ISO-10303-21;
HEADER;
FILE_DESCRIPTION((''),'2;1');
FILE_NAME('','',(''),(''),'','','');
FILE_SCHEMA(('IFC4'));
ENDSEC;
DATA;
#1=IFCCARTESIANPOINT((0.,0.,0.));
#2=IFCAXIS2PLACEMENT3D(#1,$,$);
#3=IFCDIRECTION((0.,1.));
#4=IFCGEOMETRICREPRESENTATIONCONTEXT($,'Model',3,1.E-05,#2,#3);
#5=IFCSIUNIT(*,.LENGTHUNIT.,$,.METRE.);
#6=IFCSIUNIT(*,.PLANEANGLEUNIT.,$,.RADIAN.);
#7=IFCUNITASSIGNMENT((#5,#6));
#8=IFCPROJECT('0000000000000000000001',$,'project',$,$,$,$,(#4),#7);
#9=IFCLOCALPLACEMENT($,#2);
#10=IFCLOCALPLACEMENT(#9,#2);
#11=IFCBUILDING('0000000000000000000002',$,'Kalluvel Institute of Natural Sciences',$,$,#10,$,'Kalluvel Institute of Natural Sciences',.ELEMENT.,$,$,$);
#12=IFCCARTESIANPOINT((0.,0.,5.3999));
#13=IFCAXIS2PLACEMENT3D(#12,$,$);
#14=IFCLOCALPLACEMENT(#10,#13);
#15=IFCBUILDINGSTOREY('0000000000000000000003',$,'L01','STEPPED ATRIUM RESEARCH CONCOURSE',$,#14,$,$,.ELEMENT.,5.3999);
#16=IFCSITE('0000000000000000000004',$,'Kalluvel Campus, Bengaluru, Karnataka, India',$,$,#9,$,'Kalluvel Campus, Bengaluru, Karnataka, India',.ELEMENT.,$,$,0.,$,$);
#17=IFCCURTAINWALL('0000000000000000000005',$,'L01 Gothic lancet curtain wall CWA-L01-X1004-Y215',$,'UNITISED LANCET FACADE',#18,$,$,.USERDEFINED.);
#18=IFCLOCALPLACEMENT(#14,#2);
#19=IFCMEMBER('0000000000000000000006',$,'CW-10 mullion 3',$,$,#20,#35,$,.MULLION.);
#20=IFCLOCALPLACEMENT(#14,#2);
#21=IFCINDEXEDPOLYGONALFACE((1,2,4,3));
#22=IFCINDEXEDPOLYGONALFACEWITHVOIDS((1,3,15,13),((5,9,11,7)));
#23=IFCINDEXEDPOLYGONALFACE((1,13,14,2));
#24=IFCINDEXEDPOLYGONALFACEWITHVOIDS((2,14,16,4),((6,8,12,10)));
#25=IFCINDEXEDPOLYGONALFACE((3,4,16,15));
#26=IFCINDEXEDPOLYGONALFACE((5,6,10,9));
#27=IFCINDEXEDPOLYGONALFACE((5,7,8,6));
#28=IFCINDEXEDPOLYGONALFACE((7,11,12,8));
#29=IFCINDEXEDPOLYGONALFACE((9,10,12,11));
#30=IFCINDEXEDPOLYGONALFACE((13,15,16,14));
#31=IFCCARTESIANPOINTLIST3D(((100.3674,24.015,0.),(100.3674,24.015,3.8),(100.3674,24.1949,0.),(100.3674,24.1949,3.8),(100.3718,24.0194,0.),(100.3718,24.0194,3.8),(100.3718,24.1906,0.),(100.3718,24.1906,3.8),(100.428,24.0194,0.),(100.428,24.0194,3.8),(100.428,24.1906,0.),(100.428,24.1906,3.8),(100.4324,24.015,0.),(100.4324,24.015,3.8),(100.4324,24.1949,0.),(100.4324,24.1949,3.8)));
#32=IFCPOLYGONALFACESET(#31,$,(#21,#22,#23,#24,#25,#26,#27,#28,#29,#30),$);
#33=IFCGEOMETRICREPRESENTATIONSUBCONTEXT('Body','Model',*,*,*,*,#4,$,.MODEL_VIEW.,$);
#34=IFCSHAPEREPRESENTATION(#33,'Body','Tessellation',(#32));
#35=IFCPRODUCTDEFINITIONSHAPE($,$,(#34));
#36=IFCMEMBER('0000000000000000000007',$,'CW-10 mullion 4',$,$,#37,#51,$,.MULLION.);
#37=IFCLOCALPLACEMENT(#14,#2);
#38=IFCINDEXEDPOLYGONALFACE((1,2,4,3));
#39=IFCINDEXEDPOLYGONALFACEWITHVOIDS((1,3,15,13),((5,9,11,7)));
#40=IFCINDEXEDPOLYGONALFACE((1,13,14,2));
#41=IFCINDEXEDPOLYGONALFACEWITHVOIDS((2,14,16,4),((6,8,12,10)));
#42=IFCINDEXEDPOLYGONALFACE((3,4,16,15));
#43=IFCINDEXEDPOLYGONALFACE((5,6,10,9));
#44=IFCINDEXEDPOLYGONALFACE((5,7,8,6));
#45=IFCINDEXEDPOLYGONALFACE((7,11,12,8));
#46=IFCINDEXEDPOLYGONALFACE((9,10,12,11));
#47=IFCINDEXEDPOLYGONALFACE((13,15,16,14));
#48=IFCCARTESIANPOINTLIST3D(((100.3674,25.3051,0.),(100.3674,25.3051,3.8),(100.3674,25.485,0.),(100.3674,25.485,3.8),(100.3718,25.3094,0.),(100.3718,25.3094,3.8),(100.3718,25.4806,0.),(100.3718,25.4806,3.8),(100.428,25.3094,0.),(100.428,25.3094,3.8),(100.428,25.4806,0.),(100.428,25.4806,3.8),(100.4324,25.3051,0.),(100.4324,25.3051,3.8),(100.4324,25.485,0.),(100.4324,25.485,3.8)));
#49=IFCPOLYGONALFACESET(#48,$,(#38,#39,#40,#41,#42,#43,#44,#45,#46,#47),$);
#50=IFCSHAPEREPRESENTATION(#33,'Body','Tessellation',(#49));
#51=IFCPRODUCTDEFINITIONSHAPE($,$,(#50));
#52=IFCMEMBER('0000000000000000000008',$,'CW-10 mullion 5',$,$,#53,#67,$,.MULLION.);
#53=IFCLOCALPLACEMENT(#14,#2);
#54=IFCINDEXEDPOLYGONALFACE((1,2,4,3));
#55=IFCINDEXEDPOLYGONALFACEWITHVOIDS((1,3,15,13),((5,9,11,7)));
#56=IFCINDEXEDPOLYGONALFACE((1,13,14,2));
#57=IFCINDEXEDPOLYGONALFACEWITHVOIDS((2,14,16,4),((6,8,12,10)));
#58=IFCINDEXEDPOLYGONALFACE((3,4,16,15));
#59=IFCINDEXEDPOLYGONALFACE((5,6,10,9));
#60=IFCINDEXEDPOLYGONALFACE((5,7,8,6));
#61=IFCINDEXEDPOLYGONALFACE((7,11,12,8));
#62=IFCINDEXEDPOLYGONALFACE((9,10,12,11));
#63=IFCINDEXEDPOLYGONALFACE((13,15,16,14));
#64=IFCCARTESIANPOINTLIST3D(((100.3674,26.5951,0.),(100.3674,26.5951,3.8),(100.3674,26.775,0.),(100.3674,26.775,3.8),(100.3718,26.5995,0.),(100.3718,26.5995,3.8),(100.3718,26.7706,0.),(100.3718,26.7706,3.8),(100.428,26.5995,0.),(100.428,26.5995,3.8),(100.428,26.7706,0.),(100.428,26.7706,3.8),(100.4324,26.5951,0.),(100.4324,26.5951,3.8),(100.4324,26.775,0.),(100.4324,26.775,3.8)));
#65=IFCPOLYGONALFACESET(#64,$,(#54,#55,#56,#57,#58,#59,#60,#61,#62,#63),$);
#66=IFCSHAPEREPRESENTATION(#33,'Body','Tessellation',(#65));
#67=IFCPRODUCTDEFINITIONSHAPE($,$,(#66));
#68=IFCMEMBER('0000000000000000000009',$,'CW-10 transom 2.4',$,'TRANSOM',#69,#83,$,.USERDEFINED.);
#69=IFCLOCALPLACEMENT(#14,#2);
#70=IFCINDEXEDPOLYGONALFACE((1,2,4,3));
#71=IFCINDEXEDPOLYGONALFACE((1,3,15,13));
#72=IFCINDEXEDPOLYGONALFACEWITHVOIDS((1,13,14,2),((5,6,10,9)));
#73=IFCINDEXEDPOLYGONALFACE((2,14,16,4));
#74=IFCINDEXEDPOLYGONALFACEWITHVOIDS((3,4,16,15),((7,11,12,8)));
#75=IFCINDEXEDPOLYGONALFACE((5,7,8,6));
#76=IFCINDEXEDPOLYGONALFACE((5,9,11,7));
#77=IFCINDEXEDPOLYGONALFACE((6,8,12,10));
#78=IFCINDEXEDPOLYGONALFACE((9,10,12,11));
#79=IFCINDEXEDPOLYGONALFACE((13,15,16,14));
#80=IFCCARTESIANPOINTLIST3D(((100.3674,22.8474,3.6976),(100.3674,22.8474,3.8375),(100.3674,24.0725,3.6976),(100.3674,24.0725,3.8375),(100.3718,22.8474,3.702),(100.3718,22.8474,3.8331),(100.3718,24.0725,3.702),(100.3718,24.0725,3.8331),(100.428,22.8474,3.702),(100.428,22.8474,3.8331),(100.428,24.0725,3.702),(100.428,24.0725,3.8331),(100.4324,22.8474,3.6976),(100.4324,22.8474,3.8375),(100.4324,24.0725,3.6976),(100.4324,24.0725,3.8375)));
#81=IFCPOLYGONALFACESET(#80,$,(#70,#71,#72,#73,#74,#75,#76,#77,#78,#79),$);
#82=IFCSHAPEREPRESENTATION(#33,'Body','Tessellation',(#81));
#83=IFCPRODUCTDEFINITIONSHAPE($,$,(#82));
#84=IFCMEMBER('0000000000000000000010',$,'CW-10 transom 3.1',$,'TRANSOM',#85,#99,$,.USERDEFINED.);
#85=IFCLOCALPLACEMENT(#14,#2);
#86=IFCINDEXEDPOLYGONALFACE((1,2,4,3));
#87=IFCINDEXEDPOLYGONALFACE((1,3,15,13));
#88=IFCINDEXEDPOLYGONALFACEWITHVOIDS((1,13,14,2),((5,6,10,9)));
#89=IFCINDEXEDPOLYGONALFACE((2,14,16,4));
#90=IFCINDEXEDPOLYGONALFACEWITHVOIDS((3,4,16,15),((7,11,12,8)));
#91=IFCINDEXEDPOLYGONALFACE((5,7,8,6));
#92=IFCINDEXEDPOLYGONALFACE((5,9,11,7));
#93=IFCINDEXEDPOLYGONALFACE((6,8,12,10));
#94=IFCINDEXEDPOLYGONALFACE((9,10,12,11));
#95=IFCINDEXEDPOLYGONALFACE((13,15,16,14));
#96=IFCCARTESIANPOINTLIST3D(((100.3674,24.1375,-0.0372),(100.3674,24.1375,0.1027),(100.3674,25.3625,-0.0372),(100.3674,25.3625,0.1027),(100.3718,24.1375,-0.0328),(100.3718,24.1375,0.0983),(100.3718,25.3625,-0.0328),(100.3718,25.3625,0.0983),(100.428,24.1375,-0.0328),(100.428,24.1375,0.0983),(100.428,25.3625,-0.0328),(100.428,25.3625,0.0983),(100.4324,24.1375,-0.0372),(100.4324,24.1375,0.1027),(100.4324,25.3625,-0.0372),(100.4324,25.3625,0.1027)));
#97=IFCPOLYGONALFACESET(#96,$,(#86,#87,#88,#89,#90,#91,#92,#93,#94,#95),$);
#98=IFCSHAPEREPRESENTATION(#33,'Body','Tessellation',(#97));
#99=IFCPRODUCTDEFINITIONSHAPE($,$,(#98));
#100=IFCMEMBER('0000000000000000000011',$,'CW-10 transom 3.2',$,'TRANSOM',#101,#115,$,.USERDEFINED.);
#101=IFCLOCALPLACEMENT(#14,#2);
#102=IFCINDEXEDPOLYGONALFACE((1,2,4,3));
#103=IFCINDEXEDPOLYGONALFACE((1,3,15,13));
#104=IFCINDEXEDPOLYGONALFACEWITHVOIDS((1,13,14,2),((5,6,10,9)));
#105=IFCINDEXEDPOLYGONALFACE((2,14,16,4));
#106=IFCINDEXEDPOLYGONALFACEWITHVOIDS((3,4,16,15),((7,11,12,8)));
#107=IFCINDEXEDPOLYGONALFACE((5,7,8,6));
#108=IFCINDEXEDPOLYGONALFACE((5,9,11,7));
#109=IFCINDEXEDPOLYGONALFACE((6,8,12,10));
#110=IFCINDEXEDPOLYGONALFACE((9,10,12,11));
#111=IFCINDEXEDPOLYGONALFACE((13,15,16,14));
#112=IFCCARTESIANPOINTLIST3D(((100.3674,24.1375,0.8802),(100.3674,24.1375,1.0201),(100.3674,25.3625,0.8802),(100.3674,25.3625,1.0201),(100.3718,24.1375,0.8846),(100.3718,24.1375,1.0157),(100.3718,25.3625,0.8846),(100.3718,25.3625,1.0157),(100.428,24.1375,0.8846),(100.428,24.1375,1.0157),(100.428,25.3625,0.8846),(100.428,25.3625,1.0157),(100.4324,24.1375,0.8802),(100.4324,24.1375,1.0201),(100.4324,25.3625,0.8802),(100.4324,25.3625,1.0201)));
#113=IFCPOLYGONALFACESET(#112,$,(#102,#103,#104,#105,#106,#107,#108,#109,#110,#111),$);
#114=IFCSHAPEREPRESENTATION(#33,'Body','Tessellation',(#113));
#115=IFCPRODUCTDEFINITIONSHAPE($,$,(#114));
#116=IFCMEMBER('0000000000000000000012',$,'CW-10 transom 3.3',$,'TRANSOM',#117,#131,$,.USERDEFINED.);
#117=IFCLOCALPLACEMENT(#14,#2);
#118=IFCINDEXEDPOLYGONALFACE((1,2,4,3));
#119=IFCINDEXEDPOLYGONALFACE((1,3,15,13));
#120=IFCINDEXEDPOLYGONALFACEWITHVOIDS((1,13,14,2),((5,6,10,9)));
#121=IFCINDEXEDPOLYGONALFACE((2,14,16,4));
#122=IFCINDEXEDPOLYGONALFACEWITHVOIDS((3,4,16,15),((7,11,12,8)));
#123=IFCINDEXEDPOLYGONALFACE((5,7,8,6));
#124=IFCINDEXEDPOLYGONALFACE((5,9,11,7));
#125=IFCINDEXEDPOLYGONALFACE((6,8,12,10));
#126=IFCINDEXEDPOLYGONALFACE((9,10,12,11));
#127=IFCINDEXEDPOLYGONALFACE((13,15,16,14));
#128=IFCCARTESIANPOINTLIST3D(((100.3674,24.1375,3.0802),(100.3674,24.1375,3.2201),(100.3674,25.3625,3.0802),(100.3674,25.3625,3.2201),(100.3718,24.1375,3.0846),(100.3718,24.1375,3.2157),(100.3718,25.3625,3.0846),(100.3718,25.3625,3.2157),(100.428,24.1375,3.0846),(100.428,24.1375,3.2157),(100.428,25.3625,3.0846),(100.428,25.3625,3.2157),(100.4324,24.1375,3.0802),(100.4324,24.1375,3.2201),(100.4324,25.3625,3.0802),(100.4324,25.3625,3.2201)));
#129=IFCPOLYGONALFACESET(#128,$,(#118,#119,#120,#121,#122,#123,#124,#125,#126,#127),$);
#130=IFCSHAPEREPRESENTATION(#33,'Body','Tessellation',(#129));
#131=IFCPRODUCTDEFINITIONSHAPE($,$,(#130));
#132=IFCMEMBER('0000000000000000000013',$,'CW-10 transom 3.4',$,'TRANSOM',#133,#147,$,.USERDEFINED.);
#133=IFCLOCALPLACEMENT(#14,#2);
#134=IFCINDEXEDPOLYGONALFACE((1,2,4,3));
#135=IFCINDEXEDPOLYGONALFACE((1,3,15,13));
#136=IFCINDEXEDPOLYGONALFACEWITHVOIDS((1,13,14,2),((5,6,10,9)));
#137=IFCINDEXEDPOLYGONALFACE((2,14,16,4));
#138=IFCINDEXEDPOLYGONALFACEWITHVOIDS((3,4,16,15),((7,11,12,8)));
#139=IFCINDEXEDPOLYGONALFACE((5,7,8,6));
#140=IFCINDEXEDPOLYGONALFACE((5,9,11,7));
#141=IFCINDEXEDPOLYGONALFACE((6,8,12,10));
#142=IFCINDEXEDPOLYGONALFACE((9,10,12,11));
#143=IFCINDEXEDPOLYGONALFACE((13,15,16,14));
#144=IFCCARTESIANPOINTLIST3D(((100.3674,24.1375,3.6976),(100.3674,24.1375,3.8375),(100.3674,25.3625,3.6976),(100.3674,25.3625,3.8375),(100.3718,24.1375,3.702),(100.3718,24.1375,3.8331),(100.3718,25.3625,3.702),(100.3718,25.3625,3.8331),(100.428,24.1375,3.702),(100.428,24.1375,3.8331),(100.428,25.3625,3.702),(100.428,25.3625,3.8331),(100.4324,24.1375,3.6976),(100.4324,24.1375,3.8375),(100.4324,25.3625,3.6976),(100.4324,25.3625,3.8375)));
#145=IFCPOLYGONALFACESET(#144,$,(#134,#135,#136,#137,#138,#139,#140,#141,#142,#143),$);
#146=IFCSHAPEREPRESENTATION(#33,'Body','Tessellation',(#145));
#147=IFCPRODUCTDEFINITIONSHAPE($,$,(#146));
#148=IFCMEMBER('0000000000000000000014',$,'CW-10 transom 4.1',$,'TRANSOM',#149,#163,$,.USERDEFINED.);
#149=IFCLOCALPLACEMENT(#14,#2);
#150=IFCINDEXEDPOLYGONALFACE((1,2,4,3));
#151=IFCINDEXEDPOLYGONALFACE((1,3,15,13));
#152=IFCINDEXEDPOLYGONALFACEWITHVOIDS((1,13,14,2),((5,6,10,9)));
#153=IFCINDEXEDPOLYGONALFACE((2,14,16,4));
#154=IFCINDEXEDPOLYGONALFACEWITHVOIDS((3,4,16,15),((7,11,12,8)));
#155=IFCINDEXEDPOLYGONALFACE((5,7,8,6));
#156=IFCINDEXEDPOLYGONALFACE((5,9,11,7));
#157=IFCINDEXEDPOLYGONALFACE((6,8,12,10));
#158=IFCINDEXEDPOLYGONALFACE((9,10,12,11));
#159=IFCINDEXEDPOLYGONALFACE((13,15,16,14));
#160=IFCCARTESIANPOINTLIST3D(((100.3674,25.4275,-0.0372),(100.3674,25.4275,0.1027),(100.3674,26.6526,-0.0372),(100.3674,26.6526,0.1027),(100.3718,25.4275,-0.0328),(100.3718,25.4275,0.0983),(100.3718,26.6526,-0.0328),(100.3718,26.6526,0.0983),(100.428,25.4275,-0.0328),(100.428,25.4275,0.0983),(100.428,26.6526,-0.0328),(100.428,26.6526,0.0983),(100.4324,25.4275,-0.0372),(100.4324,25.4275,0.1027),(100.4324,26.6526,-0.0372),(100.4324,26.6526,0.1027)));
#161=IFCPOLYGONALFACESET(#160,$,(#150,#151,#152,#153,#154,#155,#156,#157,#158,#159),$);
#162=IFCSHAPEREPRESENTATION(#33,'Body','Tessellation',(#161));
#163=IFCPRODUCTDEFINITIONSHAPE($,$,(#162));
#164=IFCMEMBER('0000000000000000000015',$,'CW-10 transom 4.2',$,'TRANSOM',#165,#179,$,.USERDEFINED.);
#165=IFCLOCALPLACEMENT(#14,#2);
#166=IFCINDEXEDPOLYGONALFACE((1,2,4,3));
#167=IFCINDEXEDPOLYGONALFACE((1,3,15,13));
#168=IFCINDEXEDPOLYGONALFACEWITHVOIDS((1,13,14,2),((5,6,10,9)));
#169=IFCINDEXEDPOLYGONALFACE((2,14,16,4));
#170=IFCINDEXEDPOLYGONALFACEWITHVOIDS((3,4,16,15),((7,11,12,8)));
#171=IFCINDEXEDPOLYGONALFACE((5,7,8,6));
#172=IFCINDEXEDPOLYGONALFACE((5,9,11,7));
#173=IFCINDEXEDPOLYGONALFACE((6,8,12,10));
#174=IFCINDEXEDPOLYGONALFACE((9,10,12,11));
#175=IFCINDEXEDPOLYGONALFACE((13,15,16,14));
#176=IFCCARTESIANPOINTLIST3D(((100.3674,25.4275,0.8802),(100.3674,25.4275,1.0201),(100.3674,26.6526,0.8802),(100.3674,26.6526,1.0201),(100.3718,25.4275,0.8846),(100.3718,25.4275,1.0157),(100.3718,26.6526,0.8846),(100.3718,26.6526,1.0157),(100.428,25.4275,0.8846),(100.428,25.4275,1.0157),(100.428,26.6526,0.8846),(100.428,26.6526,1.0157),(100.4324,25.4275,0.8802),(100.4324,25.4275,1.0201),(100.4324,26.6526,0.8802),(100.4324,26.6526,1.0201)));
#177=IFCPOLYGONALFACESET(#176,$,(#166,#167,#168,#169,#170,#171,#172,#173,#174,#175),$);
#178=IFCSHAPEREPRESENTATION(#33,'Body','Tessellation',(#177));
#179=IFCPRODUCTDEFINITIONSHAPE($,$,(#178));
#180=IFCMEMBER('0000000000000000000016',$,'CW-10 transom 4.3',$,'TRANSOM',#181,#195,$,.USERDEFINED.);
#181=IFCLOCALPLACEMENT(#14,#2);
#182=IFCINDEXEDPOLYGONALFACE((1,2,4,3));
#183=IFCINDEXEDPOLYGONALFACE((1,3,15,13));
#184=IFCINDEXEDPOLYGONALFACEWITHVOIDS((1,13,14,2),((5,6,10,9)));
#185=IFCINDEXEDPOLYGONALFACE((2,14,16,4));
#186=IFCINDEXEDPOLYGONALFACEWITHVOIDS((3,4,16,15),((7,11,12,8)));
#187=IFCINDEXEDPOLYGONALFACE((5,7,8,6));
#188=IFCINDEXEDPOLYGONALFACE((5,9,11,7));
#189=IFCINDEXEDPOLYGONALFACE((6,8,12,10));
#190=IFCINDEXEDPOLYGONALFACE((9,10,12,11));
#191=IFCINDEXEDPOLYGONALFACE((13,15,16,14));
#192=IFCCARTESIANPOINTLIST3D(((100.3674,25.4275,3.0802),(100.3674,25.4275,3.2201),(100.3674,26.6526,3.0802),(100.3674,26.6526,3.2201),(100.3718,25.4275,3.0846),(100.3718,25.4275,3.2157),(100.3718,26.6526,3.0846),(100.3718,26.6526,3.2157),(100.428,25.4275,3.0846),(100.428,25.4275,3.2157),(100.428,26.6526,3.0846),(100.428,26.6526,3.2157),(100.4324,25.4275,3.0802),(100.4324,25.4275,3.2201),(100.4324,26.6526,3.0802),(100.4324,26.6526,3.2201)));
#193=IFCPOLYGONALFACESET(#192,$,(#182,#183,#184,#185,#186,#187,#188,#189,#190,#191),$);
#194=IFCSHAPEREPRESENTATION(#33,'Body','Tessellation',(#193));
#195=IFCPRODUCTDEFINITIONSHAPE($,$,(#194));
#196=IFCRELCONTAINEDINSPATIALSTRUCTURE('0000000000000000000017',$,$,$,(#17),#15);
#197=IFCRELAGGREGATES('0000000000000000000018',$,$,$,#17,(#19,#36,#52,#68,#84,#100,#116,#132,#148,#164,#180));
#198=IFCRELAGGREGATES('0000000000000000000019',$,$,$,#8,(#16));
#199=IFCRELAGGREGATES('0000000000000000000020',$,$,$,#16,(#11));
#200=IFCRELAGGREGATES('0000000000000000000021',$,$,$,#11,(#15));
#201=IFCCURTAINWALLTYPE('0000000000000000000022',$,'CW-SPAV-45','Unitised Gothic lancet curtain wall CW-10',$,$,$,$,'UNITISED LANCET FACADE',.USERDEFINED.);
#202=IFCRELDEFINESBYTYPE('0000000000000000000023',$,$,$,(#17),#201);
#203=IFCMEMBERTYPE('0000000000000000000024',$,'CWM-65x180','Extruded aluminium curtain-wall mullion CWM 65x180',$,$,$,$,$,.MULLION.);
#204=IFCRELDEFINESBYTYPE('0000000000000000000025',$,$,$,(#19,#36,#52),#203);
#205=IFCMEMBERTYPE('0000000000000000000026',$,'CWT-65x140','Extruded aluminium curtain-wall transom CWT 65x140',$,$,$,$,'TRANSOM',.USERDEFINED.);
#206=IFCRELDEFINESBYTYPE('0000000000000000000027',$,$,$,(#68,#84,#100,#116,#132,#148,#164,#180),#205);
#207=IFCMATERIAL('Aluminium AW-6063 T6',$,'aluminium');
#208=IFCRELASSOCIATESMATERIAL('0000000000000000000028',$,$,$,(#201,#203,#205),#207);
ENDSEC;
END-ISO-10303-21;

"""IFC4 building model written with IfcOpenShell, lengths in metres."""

from ifc_helpers import new_model, si_unit, direction, frame, origin, origin_2d, place, context, subcontext, project, spatial, hollow_rectangle, extrude, material, material_profile, profile_set, type_object, element, aggregate, save


model = new_model("IFC4")

# Units and contexts
model_context = context("Model", 3, precision=1e-05, world=origin(), true_north=direction((0.0, 1.0)))
body_context = subcontext(model_context, "Body", "Model", "MODEL_VIEW")
ifc_project = project(units=[si_unit("LENGTHUNIT", "METRE"), si_unit("PLANEANGLEUNIT", "RADIAN")], contexts=[model_context])

# Site, building, storey
site_placement = place(None, origin())
site = spatial("IfcSite", under=ifc_project, at=site_placement, Name="Kalluvel Campus, Bengaluru, Karnataka, India", LongName="Kalluvel Campus, Bengaluru, Karnataka, India", CompositionType="ELEMENT", RefElevation=0.0)
building_placement = place(site_placement, origin())
building = spatial("IfcBuilding", under=site, at=building_placement, Name="Kalluvel Institute of Natural Sciences", LongName="Kalluvel Institute of Natural Sciences", CompositionType="ELEMENT")
storey_placement = place(building_placement, frame((0.0, 0.0, 5.3999)))
storey = spatial("IfcBuildingStorey", under=building, at=storey_placement, Name="L01", Description="STEPPED ATRIUM RESEARCH CONCOURSE", CompositionType="ELEMENT", Elevation=5.3999)

# Curtain wall, members
ifc_material_1 = material(Name="Aluminium AW-6063 T6", Category="aluminium")
curtain_wall_type = type_object("IfcCurtainWallType", Name="CW-SPAV-45", Description="Unitised Gothic lancet curtain wall CW-10", ElementType="UNITISED LANCET FACADE", PredefinedType="USERDEFINED", material=ifc_material_1)
curtain_wall_placement = place(storey_placement, origin())
curtain_wall = element("IfcCurtainWall", 1, at=curtain_wall_placement, inside=storey, type_object=curtain_wall_type, Name="L01 Gothic lancet curtain wall CWA-L01-X1004-Y215", ObjectType="UNITISED LANCET FACADE", PredefinedType="USERDEFINED")
ifc_material_profile_1 = material_profile(ifc_material_1, hollow_rectangle(XDim=0.0649, YDim=0.1799, WallThickness=0.0044, at=origin_2d()), Name="CWM 65x180")
ifc_profile_set_1 = profile_set([ifc_material_profile_1], Name="Aluminium AW-6063 T6")
member_type_1 = type_object("IfcMemberType", Name="CWM-65x180", Description="Extruded aluminium curtain-wall mullion CWM 65x180", PredefinedType="MULLION", material=ifc_profile_set_1)
member_1_placement = place(storey_placement, frame((100.3999, 24.105, 0.0), z_axis=(0.0, 0.0, 1.0), x_axis=(-1.0, 0.0, 0.0)))
member_1 = element("IfcMember", 2, at=member_1_placement, type_object=member_type_1, Name="CW-10 mullion 3", PredefinedType="MULLION", context=body_context, shape_type="SweptSolid", body=[
    extrude(hollow_rectangle(XDim=0.0649, YDim=0.1799, WallThickness=0.0044, at=origin_2d()), origin(), (0.0, 0.0, 1.0), 3.8),
])
member_2_placement = place(storey_placement, frame((100.3999, 25.395, 0.0), z_axis=(0.0, 0.0, 1.0), x_axis=(-1.0, 0.0, 0.0)))
member_2 = element("IfcMember", 3, at=member_2_placement, type_object=member_type_1, Name="CW-10 mullion 4", PredefinedType="MULLION", context=body_context, shape_type="SweptSolid", body=[
    extrude(hollow_rectangle(XDim=0.0649, YDim=0.1799, WallThickness=0.0044, at=origin_2d()), origin(), (0.0, 0.0, 1.0), 3.8),
])
member_3_placement = place(storey_placement, frame((100.3999, 26.6851, 0.0), z_axis=(0.0, 0.0, 1.0), x_axis=(-1.0, 0.0, 0.0)))
member_3 = element("IfcMember", 4, at=member_3_placement, type_object=member_type_1, Name="CW-10 mullion 5", PredefinedType="MULLION", context=body_context, shape_type="SweptSolid", body=[
    extrude(hollow_rectangle(XDim=0.0649, YDim=0.1799, WallThickness=0.0044, at=origin_2d()), origin(), (0.0, 0.0, 1.0), 3.8),
])
ifc_material_profile_2 = material_profile(ifc_material_1, hollow_rectangle(XDim=0.0649, YDim=0.1399, WallThickness=0.0044, at=origin_2d()), Name="CWT 65x140")
ifc_profile_set_2 = profile_set([ifc_material_profile_2], Name="Aluminium AW-6063 T6")
member_type_2 = type_object("IfcMemberType", Name="CWT-65x140", Description="Extruded aluminium curtain-wall transom CWT 65x140", ElementType="TRANSOM", PredefinedType="USERDEFINED", material=ifc_profile_set_2)
member_4_placement = place(storey_placement, frame((100.3999, 22.8474, 3.7676), z_axis=(0.0, 1.0, 0.0), x_axis=(-1.0, 0.0, 0.0)))
member_4 = element("IfcMember", 5, at=member_4_placement, type_object=member_type_2, Name="CW-10 transom 2.4", ObjectType="TRANSOM", PredefinedType="USERDEFINED", context=body_context, shape_type="SweptSolid", body=[
    extrude(hollow_rectangle(XDim=0.0649, YDim=0.1399, WallThickness=0.0044, at=origin_2d()), origin(), (0.0, 0.0, 1.0), 1.2251),
])
member_5_placement = place(storey_placement, frame((100.3999, 24.1375, 0.0327), z_axis=(0.0, 1.0, 0.0), x_axis=(-1.0, 0.0, 0.0)))
member_5 = element("IfcMember", 6, at=member_5_placement, type_object=member_type_2, Name="CW-10 transom 3.1", ObjectType="TRANSOM", PredefinedType="USERDEFINED", context=body_context, shape_type="SweptSolid", body=[
    extrude(hollow_rectangle(XDim=0.0649, YDim=0.1399, WallThickness=0.0044, at=origin_2d()), origin(), (0.0, 0.0, 1.0), 1.2251),
])
member_6_placement = place(storey_placement, frame((100.3999, 24.1375, 0.9502), z_axis=(0.0, 1.0, 0.0), x_axis=(-1.0, 0.0, 0.0)))
member_6 = element("IfcMember", 7, at=member_6_placement, type_object=member_type_2, Name="CW-10 transom 3.2", ObjectType="TRANSOM", PredefinedType="USERDEFINED", context=body_context, shape_type="SweptSolid", body=[
    extrude(hollow_rectangle(XDim=0.0649, YDim=0.1399, WallThickness=0.0044, at=origin_2d()), origin(), (0.0, 0.0, 1.0), 1.2251),
])
member_7_placement = place(storey_placement, frame((100.3999, 24.1375, 3.1501), z_axis=(0.0, 1.0, 0.0), x_axis=(-1.0, 0.0, 0.0)))
member_7 = element("IfcMember", 8, at=member_7_placement, type_object=member_type_2, Name="CW-10 transom 3.3", ObjectType="TRANSOM", PredefinedType="USERDEFINED", context=body_context, shape_type="SweptSolid", body=[
    extrude(hollow_rectangle(XDim=0.0649, YDim=0.1399, WallThickness=0.0044, at=origin_2d()), origin(), (0.0, 0.0, 1.0), 1.2251),
])
member_8_placement = place(storey_placement, frame((100.3999, 24.1375, 3.7676), z_axis=(0.0, 1.0, 0.0), x_axis=(-1.0, 0.0, 0.0)))
member_8 = element("IfcMember", 9, at=member_8_placement, type_object=member_type_2, Name="CW-10 transom 3.4", ObjectType="TRANSOM", PredefinedType="USERDEFINED", context=body_context, shape_type="SweptSolid", body=[
    extrude(hollow_rectangle(XDim=0.0649, YDim=0.1399, WallThickness=0.0044, at=origin_2d()), origin(), (0.0, 0.0, 1.0), 1.2251),
])
member_9_placement = place(storey_placement, frame((100.3999, 25.4275, 0.0327), z_axis=(0.0, 1.0, 0.0), x_axis=(-1.0, 0.0, 0.0)))
member_9 = element("IfcMember", 10, at=member_9_placement, type_object=member_type_2, Name="CW-10 transom 4.1", ObjectType="TRANSOM", PredefinedType="USERDEFINED", context=body_context, shape_type="SweptSolid", body=[
    extrude(hollow_rectangle(XDim=0.0649, YDim=0.1399, WallThickness=0.0044, at=origin_2d()), origin(), (0.0, 0.0, 1.0), 1.2251),
])
member_10_placement = place(storey_placement, frame((100.3999, 25.4275, 0.9502), z_axis=(0.0, 1.0, 0.0), x_axis=(-1.0, 0.0, 0.0)))
member_10 = element("IfcMember", 11, at=member_10_placement, type_object=member_type_2, Name="CW-10 transom 4.2", ObjectType="TRANSOM", PredefinedType="USERDEFINED", context=body_context, shape_type="SweptSolid", body=[
    extrude(hollow_rectangle(XDim=0.0649, YDim=0.1399, WallThickness=0.0044, at=origin_2d()), origin(), (0.0, 0.0, 1.0), 1.2251),
])
member_11_placement = place(storey_placement, frame((100.3999, 25.4275, 3.1501), z_axis=(0.0, 1.0, 0.0), x_axis=(-1.0, 0.0, 0.0)))
member_11 = element("IfcMember", 12, at=member_11_placement, type_object=member_type_2, Name="CW-10 transom 4.3", ObjectType="TRANSOM", PredefinedType="USERDEFINED", context=body_context, shape_type="SweptSolid", body=[
    extrude(hollow_rectangle(XDim=0.0649, YDim=0.1399, WallThickness=0.0044, at=origin_2d()), origin(), (0.0, 0.0, 1.0), 1.2251),
])
aggregate(curtain_wall, [member_1, member_2, member_3, member_4, member_5, member_6, member_7, member_8, member_9, member_10, member_11])

save(model, "model.ifc")
